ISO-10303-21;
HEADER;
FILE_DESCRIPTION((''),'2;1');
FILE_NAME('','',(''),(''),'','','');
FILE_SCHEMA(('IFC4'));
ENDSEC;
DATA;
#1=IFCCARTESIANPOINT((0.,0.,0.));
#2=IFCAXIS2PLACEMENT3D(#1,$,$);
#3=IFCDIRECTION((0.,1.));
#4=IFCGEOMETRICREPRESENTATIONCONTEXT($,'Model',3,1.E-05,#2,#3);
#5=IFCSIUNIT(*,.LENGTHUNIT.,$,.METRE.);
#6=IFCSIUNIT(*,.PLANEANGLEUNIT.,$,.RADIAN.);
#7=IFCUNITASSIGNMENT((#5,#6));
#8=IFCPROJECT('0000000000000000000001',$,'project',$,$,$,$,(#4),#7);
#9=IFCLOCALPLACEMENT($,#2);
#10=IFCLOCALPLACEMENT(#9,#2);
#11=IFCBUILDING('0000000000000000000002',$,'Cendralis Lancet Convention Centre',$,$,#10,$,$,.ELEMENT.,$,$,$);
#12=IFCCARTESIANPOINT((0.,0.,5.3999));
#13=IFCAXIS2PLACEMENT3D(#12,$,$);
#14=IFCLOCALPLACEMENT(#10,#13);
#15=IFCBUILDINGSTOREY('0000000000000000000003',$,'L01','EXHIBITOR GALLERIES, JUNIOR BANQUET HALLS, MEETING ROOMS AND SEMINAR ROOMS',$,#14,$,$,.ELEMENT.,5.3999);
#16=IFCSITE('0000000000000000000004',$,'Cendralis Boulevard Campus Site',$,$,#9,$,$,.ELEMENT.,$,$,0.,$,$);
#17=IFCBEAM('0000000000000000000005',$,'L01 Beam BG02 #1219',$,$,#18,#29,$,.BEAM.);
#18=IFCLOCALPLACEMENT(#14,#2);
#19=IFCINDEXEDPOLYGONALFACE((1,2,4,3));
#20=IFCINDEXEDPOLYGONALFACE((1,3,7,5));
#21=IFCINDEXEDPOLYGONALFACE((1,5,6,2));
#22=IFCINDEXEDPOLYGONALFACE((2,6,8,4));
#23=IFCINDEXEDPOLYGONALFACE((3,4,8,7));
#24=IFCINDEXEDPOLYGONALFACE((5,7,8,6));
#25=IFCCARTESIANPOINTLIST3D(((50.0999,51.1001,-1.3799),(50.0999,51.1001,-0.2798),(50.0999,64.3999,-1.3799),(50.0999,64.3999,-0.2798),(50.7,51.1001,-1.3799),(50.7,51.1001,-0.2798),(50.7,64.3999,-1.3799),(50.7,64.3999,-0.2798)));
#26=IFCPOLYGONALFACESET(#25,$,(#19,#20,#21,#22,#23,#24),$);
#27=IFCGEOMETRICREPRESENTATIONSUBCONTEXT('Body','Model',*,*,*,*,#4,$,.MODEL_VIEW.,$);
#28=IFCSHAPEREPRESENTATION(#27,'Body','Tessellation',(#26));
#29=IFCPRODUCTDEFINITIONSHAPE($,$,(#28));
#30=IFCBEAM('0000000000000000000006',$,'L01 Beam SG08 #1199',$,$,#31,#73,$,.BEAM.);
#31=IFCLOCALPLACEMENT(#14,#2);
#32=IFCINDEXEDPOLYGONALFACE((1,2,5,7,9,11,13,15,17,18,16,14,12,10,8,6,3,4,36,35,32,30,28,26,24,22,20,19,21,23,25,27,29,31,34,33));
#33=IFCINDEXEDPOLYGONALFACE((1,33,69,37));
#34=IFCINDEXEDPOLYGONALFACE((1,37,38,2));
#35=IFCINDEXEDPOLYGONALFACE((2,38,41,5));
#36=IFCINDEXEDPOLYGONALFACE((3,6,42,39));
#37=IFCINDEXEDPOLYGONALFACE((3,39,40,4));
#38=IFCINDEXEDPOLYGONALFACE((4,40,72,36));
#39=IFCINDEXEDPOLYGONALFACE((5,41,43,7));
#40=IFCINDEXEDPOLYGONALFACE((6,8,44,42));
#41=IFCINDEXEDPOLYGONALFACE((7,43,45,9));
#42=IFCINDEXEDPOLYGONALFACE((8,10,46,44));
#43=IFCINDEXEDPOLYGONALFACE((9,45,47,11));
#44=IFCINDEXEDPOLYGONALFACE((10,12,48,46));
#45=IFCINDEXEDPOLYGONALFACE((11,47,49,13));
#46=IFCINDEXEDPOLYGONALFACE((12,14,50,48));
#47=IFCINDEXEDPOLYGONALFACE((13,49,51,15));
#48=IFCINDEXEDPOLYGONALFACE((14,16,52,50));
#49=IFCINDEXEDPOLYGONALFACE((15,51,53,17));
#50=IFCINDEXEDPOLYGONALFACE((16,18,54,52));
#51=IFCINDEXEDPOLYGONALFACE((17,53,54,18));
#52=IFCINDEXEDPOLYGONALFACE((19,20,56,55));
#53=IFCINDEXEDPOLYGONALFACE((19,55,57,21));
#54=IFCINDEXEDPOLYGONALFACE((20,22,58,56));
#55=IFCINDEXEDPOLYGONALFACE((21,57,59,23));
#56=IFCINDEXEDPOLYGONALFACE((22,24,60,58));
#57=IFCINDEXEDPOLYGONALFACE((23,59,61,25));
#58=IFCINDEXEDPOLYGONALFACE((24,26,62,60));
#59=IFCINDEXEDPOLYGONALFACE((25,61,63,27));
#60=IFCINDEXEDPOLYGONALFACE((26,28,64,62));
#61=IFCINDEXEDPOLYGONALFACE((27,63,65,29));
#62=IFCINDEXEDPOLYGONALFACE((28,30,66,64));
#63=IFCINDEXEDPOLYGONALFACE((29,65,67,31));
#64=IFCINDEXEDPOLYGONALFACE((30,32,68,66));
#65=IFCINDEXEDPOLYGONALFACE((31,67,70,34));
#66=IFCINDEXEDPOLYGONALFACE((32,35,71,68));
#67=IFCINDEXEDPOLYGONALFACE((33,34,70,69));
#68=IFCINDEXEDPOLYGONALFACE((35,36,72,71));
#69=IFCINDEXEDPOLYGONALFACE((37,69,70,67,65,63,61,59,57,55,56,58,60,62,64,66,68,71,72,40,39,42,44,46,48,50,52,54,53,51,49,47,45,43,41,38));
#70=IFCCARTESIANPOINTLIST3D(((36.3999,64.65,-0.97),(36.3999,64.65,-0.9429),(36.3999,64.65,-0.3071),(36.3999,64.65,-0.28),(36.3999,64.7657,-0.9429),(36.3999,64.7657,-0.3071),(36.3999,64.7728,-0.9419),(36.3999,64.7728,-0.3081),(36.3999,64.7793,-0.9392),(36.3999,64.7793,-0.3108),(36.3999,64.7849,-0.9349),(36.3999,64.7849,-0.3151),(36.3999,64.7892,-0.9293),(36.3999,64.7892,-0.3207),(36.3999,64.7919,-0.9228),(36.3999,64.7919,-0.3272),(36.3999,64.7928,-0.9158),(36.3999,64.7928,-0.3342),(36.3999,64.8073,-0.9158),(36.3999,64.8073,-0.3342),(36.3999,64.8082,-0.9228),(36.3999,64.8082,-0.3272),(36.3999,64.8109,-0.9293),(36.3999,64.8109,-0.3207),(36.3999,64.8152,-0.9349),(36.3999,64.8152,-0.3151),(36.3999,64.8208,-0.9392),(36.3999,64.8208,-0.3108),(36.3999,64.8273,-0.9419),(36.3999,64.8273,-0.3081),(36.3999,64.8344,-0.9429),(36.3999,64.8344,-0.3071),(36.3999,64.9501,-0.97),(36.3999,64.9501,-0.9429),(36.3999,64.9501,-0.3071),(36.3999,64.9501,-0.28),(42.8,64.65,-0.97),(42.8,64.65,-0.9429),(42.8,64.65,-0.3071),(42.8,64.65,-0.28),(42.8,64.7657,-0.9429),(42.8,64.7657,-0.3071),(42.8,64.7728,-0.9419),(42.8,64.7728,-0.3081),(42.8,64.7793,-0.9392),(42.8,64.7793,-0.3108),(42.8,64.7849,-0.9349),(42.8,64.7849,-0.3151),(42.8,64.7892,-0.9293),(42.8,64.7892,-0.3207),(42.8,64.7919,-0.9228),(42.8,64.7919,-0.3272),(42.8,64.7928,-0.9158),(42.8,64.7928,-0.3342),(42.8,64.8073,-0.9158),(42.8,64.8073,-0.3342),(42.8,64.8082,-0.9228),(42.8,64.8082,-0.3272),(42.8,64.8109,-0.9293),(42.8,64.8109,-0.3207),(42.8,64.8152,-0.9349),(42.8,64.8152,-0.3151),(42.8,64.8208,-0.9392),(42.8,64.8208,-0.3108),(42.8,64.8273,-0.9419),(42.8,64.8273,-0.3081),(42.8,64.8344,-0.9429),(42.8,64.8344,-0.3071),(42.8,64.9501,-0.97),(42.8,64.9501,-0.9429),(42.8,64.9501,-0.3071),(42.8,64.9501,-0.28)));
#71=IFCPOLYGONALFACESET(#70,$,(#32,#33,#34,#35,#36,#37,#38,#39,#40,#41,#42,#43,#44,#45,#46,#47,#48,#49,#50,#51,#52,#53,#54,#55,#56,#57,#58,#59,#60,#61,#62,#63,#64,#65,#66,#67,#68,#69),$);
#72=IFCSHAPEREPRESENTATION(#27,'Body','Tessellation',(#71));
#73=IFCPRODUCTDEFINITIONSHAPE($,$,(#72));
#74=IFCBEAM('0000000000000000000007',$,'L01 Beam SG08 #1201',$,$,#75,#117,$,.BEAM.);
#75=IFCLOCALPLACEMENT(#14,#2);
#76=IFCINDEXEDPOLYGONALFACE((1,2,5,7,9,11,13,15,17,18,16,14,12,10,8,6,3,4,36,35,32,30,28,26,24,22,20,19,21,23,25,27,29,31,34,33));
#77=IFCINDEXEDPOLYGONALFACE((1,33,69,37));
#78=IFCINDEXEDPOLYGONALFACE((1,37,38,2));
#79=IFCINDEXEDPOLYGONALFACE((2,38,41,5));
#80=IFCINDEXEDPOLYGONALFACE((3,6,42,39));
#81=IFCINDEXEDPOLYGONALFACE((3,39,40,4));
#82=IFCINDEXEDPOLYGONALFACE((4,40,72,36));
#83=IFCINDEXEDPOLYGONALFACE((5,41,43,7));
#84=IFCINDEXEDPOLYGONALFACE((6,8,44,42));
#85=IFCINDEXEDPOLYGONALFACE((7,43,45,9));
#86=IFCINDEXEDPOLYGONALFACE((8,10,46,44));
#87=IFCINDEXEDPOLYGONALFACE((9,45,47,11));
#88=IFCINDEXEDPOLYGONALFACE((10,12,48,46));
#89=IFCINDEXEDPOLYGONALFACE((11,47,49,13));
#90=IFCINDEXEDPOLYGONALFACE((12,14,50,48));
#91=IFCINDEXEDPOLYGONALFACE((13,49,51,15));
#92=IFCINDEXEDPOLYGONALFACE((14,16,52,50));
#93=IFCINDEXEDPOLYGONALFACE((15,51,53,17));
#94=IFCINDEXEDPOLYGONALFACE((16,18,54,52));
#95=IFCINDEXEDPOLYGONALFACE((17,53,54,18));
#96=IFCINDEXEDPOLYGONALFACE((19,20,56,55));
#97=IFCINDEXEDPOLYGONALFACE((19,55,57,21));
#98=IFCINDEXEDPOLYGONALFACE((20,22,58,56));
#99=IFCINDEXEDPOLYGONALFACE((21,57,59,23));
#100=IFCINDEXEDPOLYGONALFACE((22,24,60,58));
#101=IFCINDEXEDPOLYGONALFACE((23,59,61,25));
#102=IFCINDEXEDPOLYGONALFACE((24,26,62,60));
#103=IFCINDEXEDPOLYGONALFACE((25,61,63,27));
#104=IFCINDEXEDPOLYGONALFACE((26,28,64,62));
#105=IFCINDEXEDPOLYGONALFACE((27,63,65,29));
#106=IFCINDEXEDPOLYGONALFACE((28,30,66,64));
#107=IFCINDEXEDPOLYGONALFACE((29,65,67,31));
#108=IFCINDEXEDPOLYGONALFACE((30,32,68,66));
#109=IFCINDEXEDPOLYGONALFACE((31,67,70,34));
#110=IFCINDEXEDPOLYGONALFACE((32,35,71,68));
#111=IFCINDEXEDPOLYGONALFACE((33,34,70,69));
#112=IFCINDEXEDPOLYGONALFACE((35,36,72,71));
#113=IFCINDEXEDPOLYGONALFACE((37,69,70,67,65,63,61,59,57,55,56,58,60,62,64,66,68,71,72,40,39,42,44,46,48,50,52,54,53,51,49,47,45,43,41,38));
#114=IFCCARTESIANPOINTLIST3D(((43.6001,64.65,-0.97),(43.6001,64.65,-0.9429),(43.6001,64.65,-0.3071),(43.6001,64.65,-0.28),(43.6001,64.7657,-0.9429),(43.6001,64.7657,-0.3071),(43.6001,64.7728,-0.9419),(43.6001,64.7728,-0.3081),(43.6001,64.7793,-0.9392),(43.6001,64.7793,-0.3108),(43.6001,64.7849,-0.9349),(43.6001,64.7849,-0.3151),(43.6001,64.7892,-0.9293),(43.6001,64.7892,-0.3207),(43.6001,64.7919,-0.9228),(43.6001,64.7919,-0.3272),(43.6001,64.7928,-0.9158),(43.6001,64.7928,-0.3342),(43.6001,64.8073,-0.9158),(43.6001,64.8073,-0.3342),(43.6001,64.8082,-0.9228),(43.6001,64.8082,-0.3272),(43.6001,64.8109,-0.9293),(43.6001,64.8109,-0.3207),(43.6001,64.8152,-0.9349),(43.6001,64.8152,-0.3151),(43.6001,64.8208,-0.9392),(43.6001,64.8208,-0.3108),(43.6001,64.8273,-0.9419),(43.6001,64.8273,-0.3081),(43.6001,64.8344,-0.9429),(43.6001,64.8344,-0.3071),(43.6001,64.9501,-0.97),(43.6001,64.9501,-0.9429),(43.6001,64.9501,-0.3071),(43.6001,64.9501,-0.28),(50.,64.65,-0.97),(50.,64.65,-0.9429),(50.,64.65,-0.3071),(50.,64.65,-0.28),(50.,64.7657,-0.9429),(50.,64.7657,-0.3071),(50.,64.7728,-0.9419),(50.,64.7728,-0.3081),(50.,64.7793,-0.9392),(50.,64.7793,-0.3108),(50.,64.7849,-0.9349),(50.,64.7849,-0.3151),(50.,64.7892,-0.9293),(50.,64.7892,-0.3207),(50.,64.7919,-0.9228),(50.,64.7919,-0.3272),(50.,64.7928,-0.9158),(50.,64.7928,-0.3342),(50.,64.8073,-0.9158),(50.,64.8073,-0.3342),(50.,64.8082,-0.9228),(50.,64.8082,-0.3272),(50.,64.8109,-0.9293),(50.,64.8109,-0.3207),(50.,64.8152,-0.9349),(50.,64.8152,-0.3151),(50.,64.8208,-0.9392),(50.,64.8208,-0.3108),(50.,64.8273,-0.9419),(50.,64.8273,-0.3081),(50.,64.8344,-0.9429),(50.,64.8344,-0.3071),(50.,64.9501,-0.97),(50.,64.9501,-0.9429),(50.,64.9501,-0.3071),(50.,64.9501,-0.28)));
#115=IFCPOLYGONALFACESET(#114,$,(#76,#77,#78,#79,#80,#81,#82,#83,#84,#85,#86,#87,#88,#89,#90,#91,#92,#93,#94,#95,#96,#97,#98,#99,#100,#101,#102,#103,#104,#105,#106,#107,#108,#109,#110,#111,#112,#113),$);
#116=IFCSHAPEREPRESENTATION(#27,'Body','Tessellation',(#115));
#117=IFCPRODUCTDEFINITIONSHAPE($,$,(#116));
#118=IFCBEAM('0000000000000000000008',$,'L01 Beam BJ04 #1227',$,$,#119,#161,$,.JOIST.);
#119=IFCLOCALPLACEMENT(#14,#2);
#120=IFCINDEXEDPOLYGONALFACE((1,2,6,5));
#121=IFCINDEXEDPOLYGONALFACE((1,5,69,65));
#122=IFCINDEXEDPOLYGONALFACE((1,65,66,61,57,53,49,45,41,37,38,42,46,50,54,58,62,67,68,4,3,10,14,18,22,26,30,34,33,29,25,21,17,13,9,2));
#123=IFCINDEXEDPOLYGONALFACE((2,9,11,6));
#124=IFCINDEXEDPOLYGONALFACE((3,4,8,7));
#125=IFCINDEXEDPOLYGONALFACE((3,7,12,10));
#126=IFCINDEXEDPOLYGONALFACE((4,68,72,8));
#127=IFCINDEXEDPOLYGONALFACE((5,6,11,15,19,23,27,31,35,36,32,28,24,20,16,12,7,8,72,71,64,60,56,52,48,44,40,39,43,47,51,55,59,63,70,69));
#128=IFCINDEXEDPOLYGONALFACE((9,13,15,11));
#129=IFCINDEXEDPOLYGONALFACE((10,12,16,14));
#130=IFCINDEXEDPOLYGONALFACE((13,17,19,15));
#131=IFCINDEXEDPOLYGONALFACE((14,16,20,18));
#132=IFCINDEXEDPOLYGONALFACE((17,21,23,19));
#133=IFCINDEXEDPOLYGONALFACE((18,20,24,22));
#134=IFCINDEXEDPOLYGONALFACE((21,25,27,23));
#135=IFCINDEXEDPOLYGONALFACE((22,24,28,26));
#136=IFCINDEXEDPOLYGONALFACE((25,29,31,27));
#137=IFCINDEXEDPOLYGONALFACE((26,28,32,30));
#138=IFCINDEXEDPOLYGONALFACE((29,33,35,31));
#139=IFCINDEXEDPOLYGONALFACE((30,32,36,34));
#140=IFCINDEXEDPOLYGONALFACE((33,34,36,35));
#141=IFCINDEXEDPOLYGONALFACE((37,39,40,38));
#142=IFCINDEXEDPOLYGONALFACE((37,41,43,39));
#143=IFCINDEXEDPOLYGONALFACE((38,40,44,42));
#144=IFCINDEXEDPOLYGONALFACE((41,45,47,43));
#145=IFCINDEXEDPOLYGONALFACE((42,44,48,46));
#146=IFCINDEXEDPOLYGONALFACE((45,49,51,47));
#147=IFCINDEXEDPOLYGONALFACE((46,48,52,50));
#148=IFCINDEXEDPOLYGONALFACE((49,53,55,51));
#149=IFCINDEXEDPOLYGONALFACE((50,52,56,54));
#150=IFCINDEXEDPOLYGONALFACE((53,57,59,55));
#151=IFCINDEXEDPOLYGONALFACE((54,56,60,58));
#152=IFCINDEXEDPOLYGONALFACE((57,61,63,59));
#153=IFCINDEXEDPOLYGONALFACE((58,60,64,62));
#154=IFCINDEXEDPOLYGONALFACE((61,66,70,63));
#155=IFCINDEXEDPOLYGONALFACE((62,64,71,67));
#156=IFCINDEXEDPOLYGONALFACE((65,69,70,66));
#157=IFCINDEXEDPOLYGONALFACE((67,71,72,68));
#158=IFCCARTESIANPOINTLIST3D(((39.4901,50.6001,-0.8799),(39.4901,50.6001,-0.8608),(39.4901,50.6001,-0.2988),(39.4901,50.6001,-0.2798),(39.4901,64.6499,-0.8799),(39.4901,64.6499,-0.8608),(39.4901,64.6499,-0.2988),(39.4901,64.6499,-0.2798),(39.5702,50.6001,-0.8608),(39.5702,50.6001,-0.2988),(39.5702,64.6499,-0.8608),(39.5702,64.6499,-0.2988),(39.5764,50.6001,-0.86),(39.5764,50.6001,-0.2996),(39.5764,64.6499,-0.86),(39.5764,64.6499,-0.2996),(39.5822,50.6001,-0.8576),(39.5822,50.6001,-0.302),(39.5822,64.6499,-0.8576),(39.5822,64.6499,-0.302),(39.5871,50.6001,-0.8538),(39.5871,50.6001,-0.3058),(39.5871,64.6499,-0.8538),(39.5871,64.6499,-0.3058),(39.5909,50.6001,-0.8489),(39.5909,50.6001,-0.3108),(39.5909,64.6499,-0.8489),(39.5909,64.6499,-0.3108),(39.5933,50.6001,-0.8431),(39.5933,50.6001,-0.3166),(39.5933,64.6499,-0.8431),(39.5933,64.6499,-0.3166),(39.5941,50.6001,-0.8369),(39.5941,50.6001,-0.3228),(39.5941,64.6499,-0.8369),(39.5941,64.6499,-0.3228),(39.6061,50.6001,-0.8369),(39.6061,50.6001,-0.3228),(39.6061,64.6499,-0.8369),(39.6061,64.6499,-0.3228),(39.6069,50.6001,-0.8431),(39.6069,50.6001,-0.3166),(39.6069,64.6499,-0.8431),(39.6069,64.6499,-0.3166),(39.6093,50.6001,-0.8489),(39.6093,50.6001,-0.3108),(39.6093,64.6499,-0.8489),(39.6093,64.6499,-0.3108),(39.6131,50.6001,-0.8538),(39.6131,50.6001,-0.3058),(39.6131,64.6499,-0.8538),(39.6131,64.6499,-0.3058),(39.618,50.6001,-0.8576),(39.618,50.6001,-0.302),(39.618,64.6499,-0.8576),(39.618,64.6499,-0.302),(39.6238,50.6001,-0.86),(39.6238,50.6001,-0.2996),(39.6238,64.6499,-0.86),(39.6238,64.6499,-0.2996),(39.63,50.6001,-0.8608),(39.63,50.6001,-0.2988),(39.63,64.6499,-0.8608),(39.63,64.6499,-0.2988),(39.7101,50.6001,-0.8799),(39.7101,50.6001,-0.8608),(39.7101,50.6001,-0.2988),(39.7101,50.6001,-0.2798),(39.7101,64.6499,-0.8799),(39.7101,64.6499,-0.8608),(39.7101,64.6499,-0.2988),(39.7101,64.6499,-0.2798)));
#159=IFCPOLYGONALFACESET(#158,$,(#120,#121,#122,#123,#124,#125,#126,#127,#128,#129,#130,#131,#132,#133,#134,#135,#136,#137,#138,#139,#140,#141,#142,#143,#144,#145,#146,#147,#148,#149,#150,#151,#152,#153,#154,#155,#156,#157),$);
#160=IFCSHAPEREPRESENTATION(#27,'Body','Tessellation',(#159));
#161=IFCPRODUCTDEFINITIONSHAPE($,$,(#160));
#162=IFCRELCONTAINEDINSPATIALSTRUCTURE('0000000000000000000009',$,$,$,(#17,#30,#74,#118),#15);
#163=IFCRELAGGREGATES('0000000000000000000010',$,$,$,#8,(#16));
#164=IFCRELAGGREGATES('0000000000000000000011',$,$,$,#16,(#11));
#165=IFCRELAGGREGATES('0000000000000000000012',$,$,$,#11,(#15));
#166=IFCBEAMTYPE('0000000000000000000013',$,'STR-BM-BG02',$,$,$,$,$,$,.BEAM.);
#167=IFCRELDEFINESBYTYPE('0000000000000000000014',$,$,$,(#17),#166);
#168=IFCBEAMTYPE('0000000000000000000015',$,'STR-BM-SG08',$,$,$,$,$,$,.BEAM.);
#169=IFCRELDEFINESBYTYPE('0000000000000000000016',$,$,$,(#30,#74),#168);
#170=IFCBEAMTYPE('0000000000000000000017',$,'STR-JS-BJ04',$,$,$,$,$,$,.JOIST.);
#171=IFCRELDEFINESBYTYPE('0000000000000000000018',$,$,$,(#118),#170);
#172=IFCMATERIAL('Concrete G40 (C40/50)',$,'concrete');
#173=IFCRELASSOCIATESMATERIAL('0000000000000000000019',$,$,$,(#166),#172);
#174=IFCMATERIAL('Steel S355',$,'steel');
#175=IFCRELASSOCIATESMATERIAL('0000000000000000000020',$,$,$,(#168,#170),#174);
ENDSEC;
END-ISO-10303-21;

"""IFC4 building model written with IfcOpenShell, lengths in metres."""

from ifc_helpers import new_model, si_unit, direction, frame, origin, origin_2d, place, context, subcontext, project, spatial, rectangle, i_section, extrude, material, material_profile, profile_set, type_object, element, save


model = new_model("IFC4")

# Units and contexts
model_context = context("Model", 3, precision=1e-05, world=origin(), true_north=direction((0.0, 1.0)))
body_context = subcontext(model_context, "Body", "Model", "MODEL_VIEW")
ifc_project = project(units=[si_unit("LENGTHUNIT", "METRE"), si_unit("PLANEANGLEUNIT", "RADIAN")], contexts=[model_context])

# Site, building, storey
site_placement = place(None, origin())
site = spatial("IfcSite", under=ifc_project, at=site_placement, Name="Cendralis Boulevard Campus Site", CompositionType="ELEMENT", RefElevation=0.0)
building_placement = place(site_placement, origin())
building = spatial("IfcBuilding", under=site, at=building_placement, Name="Cendralis Lancet Convention Centre", CompositionType="ELEMENT")
storey_placement = place(building_placement, frame((0.0, 0.0, 5.3999)))
storey = spatial("IfcBuildingStorey", under=building, at=storey_placement, Name="L01", Description="EXHIBITOR GALLERIES, JUNIOR BANQUET HALLS, MEETING ROOMS AND SEMINAR ROOMS", CompositionType="ELEMENT", Elevation=5.3999)

# Shared definitions
ifc_material_1 = material(Name="Concrete G40 (C40/50)", Category="concrete")

# Beams
ifc_material_profile_1 = material_profile(ifc_material_1, rectangle(XDim=0.6001, YDim=1.1001, at=origin_2d()), Name="RCB 600x1100")
ifc_profile_set_1 = profile_set([ifc_material_profile_1], Name="Concrete G40 (C40/50)")
beam_type_1 = type_object("IfcBeamType", Name="STR-BM-BG02", PredefinedType="BEAM", material=ifc_profile_set_1)
beam_1_placement = place(storey_placement, frame((50.3999, 51.1001, -0.8298), z_axis=(0.0, 1.0, 0.0), x_axis=(-1.0, 0.0, 0.0)))
element("IfcBeam", 1, at=beam_1_placement, inside=storey, type_object=beam_type_1, Name="L01 Beam BG02 #1219", PredefinedType="BEAM", context=body_context, shape_type="SweptSolid", body=[
    extrude(rectangle(XDim=0.6001, YDim=1.1001, at=origin_2d()), origin(), (0.0, 0.0, 1.0), 13.2998),
])
ifc_material_2 = material(Name="Steel S355", Category="steel")
ifc_material_profile_2 = material_profile(ifc_material_2, i_section(OverallWidth=0.3, OverallDepth=0.6899, WebThickness=0.0144, FlangeThickness=0.0271, FilletRadius=0.0271, at=origin_2d()), Name="HEA 700")
ifc_profile_set_2 = profile_set([ifc_material_profile_2], Name="Steel S355")
beam_type_2 = type_object("IfcBeamType", Name="STR-BM-SG08", PredefinedType="BEAM", material=ifc_profile_set_2)
beam_2_placement = place(storey_placement, frame((36.3999, 64.8, -0.625), z_axis=(1.0, 0.0, 0.0), x_axis=(0.0, 1.0, 0.0)))
element("IfcBeam", 2, at=beam_2_placement, inside=storey, type_object=beam_type_2, Name="L01 Beam SG08 #1199", PredefinedType="BEAM", context=body_context, shape_type="SweptSolid", body=[
    extrude(i_section(OverallWidth=0.3, OverallDepth=0.6899, WebThickness=0.0144, FlangeThickness=0.0271, FilletRadius=0.0271, at=origin_2d()), origin(), (0.0, 0.0, 1.0), 6.4001),
])
beam_3_placement = place(storey_placement, frame((43.6001, 64.8, -0.625), z_axis=(1.0, 0.0, 0.0), x_axis=(0.0, 1.0, 0.0)))
element("IfcBeam", 3, at=beam_3_placement, inside=storey, type_object=beam_type_2, Name="L01 Beam SG08 #1201", PredefinedType="BEAM", context=body_context, shape_type="SweptSolid", body=[
    extrude(i_section(OverallWidth=0.3, OverallDepth=0.6899, WebThickness=0.0144, FlangeThickness=0.0271, FilletRadius=0.0271, at=origin_2d()), origin(), (0.0, 0.0, 1.0), 6.3999),
])
ifc_material_profile_3 = material_profile(ifc_material_2, i_section(OverallWidth=0.22, OverallDepth=0.6001, WebThickness=0.012, FlangeThickness=0.019, FilletRadius=0.0239, at=origin_2d()), Name="IPE 600")
ifc_profile_set_3 = profile_set([ifc_material_profile_3], Name="Steel S355")
beam_type_3 = type_object("IfcBeamType", Name="STR-JS-BJ04", PredefinedType="JOIST", material=ifc_profile_set_3)
for number, where, z_axis, x_axis, name in (
    (4, (39.6001, 50.6001, -0.5798), (0.0, 1.0, 0.0), (-1.0, 0.0, 0.0), "L01 Beam BJ04 #1227"),
):
    element("IfcBeam", number, at=place(storey_placement, frame(where, z_axis=z_axis, x_axis=x_axis)), inside=storey, type_object=beam_type_3, Name=name, PredefinedType="JOIST", context=body_context, shape_type="SweptSolid", body=[
        extrude(i_section(OverallWidth=0.22, OverallDepth=0.6001, WebThickness=0.012, FlangeThickness=0.019, FilletRadius=0.0239, at=origin_2d()), origin(), (0.0, 0.0, 1.0), 14.0498),
    ])

save(model, "model.ifc")
